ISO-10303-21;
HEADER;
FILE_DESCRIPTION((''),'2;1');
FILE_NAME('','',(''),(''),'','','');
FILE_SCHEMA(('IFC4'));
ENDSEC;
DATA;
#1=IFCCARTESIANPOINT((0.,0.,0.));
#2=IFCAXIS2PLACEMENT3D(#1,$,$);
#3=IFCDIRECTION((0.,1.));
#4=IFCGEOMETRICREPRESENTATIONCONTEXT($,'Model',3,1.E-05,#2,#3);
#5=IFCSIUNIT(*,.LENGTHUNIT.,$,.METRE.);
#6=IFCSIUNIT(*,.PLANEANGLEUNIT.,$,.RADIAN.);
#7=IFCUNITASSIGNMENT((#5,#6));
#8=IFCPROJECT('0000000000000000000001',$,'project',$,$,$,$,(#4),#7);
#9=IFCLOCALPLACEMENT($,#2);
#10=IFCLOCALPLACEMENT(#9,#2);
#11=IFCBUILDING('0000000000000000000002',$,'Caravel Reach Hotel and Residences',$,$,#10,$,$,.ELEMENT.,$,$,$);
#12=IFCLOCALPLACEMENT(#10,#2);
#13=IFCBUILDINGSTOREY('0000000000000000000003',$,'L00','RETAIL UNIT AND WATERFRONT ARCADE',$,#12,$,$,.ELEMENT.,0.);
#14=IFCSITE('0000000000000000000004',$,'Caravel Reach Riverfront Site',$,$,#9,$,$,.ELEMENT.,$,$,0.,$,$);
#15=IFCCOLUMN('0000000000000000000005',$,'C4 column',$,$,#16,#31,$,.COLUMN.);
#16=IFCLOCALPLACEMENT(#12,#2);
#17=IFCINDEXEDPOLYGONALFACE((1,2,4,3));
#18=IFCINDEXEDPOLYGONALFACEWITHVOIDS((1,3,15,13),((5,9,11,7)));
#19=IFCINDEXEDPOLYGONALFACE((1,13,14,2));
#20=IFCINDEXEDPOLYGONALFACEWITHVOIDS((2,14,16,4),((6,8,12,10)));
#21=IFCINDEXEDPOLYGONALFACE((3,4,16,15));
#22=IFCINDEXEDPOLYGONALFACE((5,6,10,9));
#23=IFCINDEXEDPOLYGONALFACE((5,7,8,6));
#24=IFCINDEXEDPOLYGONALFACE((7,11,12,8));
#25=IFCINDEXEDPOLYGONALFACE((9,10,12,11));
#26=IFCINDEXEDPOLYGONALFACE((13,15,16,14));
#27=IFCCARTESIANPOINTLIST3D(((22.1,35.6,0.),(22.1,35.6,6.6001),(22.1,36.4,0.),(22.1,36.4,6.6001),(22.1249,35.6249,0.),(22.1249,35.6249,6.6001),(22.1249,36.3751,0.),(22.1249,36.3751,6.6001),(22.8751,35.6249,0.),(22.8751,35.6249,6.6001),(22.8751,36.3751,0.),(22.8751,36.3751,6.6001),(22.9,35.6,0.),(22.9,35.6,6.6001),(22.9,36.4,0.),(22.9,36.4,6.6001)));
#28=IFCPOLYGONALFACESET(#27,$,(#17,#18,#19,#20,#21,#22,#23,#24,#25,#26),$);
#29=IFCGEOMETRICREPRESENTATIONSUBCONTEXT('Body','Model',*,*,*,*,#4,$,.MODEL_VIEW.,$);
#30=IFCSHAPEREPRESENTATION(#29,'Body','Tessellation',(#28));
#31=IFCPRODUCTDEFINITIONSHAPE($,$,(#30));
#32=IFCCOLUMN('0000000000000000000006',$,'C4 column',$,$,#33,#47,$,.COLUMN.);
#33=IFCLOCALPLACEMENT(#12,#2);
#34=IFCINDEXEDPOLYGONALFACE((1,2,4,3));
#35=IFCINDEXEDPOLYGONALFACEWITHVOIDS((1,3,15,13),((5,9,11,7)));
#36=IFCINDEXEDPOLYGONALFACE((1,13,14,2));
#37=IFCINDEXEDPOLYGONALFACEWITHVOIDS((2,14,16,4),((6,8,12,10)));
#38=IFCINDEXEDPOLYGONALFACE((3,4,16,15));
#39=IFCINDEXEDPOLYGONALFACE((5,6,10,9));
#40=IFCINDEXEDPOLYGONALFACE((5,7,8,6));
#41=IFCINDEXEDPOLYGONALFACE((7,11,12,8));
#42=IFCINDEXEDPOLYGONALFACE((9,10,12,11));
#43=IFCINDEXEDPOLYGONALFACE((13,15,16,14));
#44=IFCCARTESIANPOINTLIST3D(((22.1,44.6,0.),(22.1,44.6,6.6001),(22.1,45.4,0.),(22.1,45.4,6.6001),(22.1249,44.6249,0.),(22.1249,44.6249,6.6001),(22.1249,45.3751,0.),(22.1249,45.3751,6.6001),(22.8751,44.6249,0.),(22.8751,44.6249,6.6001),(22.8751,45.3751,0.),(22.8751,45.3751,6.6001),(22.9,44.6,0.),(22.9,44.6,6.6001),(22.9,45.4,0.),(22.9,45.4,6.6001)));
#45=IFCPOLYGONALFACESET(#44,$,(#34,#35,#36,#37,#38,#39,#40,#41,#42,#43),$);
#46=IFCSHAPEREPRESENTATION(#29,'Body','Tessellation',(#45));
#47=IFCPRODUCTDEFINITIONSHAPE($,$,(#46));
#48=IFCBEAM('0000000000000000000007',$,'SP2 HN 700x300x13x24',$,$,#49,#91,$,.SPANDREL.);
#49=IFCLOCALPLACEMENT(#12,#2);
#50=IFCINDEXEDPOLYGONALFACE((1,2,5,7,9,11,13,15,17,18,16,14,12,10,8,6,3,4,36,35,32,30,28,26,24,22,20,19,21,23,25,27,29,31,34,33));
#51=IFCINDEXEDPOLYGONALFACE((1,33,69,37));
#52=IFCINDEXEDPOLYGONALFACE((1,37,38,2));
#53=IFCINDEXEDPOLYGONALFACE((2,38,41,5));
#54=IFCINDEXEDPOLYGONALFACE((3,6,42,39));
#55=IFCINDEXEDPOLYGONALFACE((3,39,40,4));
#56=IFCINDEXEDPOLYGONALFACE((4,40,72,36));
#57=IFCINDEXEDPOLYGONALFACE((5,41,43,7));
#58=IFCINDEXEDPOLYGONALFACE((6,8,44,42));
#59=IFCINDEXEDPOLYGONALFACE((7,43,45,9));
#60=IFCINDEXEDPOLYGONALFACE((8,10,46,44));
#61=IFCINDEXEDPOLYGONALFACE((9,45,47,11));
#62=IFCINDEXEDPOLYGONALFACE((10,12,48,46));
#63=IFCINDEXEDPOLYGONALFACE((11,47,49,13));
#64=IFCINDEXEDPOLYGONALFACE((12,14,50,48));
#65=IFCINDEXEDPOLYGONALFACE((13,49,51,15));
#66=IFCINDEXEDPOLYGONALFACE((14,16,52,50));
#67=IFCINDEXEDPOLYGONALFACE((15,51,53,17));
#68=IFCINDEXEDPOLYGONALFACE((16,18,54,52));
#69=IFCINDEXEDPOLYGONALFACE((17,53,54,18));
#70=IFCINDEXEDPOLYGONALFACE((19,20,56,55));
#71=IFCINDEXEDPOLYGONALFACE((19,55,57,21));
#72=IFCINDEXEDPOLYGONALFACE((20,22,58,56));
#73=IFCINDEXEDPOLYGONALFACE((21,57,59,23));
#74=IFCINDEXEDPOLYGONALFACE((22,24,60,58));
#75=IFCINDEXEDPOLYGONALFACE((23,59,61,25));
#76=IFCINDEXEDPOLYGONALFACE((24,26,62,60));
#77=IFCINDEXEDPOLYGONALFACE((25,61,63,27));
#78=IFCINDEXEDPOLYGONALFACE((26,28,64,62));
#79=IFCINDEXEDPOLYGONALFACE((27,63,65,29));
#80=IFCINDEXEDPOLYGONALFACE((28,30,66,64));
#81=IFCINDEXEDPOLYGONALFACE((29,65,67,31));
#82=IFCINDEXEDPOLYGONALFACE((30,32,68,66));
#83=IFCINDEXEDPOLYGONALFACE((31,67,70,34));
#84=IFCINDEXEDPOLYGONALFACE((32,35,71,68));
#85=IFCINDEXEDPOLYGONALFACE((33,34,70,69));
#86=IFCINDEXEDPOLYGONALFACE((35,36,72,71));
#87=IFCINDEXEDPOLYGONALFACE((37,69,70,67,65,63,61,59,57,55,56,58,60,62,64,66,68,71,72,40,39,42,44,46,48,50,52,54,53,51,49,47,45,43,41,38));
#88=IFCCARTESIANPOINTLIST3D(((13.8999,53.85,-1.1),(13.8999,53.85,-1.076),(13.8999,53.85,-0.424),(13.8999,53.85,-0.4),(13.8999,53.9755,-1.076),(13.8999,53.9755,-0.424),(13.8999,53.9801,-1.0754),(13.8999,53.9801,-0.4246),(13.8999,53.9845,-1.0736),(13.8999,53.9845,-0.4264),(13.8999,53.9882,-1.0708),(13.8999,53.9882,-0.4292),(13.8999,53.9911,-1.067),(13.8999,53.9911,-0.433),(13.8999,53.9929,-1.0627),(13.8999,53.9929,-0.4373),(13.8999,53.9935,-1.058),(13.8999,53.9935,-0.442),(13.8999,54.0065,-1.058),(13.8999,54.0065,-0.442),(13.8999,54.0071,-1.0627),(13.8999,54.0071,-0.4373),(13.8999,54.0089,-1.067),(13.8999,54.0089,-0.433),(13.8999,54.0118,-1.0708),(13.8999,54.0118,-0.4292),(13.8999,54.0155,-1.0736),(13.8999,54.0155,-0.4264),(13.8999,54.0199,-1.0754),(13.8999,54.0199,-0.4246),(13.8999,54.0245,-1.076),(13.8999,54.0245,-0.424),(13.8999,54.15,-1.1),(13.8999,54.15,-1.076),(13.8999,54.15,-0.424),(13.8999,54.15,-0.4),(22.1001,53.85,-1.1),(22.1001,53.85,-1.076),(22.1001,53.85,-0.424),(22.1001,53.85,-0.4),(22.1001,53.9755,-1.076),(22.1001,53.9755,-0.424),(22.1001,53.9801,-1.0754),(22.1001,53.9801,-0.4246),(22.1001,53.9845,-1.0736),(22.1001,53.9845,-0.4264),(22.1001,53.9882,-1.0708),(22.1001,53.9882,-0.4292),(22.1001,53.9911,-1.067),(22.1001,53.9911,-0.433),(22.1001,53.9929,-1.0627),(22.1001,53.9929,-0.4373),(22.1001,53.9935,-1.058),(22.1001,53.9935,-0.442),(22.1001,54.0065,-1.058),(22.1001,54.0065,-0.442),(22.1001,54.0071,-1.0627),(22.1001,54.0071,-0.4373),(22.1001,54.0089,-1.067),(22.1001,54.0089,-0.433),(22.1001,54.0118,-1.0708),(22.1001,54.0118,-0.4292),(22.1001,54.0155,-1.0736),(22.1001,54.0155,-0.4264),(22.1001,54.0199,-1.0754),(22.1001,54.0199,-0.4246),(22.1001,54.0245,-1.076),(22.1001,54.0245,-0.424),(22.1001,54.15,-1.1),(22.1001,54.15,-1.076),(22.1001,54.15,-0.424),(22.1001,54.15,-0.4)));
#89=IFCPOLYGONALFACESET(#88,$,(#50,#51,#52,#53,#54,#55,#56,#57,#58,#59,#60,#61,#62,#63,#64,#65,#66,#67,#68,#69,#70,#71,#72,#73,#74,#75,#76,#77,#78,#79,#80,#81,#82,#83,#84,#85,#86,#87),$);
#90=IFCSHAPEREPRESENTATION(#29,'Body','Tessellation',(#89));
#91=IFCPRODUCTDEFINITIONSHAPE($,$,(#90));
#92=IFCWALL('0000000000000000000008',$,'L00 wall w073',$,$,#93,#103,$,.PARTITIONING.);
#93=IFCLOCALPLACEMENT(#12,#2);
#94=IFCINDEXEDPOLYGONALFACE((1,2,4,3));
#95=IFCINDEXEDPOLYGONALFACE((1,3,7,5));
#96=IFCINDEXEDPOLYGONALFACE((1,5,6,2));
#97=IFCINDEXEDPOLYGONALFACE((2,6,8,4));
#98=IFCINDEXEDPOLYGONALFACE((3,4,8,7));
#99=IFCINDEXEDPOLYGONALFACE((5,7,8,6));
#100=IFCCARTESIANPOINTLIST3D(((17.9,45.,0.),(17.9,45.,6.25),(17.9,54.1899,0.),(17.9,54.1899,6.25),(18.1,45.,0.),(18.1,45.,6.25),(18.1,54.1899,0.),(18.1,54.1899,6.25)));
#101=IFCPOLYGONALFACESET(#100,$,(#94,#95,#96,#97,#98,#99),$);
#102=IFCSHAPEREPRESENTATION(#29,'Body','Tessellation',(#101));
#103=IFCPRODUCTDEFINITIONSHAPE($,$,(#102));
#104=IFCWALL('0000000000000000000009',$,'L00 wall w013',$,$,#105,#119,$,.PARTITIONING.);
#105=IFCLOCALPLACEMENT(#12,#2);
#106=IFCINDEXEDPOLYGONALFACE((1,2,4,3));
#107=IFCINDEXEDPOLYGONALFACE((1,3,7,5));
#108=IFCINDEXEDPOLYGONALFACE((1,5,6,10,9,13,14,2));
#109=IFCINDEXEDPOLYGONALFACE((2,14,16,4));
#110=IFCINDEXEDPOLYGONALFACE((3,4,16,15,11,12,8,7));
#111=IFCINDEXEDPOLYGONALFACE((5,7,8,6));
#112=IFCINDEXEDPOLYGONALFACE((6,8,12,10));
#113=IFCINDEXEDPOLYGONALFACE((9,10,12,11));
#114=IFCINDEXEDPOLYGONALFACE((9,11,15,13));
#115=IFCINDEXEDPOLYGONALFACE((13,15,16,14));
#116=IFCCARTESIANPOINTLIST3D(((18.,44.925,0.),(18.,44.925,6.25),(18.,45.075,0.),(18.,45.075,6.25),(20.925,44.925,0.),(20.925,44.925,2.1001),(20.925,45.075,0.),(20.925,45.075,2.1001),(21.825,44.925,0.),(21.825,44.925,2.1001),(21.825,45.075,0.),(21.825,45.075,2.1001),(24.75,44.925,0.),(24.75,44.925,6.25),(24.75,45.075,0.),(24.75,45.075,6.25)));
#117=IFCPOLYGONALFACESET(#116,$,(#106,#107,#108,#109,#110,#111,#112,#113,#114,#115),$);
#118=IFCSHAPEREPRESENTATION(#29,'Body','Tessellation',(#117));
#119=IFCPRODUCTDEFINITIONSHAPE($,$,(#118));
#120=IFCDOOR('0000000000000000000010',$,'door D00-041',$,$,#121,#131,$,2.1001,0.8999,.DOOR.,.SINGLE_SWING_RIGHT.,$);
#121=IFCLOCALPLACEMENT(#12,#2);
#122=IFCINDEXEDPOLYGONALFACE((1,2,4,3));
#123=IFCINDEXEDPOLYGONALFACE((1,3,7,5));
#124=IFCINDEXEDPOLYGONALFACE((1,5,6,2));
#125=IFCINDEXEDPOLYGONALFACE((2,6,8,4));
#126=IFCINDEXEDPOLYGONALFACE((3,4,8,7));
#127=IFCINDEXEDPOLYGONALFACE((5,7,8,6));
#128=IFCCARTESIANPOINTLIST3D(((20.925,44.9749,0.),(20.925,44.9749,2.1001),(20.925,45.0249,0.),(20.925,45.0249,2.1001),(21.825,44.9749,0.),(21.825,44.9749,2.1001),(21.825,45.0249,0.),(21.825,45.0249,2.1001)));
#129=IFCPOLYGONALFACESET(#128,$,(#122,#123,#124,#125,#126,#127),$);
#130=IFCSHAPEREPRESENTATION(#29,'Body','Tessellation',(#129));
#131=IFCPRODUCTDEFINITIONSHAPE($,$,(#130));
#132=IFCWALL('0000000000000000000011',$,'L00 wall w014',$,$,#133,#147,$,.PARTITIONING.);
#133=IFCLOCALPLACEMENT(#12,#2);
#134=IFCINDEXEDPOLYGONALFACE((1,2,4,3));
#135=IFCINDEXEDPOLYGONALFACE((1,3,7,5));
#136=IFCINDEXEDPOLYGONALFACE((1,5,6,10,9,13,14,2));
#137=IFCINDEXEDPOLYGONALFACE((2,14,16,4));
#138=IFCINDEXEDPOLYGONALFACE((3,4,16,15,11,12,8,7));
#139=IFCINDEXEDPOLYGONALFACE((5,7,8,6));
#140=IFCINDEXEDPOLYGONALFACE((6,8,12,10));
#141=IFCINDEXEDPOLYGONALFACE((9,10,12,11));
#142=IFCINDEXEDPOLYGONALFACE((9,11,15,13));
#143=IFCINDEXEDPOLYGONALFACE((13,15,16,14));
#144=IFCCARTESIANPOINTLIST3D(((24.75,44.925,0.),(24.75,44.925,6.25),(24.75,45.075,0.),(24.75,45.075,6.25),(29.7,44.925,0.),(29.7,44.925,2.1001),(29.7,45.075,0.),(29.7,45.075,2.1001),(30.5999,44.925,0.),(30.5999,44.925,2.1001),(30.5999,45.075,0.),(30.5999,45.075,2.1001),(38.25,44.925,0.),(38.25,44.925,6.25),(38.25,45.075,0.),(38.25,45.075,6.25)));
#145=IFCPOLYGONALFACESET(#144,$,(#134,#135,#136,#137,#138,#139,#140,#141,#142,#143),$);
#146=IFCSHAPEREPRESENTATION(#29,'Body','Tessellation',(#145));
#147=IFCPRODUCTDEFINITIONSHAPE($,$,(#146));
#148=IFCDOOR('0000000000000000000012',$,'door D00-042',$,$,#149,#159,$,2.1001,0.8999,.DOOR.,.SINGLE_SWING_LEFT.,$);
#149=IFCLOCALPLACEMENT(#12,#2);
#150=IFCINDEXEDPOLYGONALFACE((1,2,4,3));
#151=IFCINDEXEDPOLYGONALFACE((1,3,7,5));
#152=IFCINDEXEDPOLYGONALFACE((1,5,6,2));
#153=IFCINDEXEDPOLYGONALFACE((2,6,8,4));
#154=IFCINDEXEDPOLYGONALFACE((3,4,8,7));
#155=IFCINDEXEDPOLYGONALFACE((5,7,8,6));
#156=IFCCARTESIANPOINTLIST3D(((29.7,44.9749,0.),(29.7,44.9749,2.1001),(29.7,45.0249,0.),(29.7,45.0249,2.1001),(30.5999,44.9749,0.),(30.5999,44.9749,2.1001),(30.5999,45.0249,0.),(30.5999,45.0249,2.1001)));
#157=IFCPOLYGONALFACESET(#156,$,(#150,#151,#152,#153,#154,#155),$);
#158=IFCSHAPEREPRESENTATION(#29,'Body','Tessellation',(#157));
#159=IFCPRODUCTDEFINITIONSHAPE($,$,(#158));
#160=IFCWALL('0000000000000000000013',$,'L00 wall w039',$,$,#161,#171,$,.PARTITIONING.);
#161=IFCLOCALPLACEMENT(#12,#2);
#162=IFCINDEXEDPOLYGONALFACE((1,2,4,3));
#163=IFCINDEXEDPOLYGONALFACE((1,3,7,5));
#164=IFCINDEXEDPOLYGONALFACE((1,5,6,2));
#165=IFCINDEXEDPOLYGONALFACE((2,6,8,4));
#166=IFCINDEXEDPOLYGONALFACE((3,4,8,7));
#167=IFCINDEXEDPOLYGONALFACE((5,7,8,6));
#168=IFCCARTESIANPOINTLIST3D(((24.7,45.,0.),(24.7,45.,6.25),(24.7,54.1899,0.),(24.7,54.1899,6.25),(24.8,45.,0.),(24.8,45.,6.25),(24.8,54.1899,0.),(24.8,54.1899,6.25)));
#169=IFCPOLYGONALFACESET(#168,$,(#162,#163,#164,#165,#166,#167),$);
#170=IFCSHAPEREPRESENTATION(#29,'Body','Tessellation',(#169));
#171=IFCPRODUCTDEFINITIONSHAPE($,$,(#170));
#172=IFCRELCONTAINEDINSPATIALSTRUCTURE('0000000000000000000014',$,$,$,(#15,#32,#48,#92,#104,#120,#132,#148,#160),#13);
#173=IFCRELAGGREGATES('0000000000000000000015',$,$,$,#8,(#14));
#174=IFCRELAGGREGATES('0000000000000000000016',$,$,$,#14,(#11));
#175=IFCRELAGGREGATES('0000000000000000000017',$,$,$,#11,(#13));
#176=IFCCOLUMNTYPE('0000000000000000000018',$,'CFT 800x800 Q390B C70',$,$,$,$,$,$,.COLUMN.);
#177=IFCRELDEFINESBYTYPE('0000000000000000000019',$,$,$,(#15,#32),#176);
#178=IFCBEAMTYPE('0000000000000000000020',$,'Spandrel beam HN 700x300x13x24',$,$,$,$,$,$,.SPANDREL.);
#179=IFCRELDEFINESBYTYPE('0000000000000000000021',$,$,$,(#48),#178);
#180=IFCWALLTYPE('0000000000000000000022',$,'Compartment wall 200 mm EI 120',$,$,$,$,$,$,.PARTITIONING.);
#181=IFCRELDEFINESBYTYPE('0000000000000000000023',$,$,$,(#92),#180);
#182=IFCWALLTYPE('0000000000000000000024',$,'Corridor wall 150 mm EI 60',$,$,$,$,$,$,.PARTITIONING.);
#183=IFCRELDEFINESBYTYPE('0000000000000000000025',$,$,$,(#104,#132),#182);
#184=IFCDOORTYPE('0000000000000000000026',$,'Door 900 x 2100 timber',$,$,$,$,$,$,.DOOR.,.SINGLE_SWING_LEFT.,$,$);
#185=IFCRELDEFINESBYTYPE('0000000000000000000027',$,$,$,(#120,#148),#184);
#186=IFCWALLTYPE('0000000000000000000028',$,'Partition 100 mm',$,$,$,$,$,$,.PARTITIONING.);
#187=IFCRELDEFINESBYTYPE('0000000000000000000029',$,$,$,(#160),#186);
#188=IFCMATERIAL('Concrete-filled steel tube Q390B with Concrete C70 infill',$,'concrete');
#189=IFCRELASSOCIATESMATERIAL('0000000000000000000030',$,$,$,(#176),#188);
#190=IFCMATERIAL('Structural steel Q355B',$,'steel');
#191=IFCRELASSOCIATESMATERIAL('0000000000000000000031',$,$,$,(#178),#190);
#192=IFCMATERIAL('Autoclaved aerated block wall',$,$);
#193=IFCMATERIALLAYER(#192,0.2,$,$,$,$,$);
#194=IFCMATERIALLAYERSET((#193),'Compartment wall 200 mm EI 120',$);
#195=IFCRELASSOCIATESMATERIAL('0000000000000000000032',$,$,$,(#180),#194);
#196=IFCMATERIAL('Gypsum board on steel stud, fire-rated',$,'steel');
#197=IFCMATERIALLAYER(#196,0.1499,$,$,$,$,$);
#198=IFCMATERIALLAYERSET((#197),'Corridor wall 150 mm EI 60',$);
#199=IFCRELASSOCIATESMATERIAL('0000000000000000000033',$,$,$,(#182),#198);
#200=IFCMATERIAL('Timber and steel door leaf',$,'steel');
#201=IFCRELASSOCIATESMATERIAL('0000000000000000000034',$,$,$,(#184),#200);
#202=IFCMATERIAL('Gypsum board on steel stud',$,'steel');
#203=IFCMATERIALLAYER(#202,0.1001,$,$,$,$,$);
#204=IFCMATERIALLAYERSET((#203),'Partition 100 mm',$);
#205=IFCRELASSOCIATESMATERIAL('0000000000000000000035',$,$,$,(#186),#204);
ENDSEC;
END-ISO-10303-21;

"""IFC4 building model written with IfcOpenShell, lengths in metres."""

from ifc_helpers import new_model, si_unit, direction, frame, frame_2d, origin, origin_2d, place, context, subcontext, project, spatial, rectangle, hollow_rectangle, i_section, extrude, material, layer, layer_set, material_profile, profile_set, type_object, element, fill, save


model = new_model("IFC4")

# Units and contexts
model_context = context("Model", 3, precision=1e-05, world=origin(), true_north=direction((0.0, 1.0)))
body_context = subcontext(model_context, "Body", "Model", "MODEL_VIEW")
ifc_project = project(units=[si_unit("LENGTHUNIT", "METRE"), si_unit("PLANEANGLEUNIT", "RADIAN")], contexts=[model_context])

# Site, building, storey
site_placement = place(None, origin())
site = spatial("IfcSite", under=ifc_project, at=site_placement, Name="Caravel Reach Riverfront Site", CompositionType="ELEMENT", RefElevation=0.0)
building_placement = place(site_placement, origin())
building = spatial("IfcBuilding", under=site, at=building_placement, Name="Caravel Reach Hotel and Residences", CompositionType="ELEMENT")
storey_placement = place(building_placement, origin())
storey = spatial("IfcBuildingStorey", under=building, at=storey_placement, Name="L00", Description="RETAIL UNIT AND WATERFRONT ARCADE", CompositionType="ELEMENT", Elevation=0.0)

# Columns
ifc_material_1 = material(Name="Concrete-filled steel tube Q390B with Concrete C70 infill", Category="concrete")
ifc_material_profile_1 = material_profile(ifc_material_1, hollow_rectangle(XDim=0.8, YDim=0.8, WallThickness=0.0249, at=origin_2d()), Name="RHS 800x800x25")
ifc_profile_set_1 = profile_set([ifc_material_profile_1], Name="Concrete-filled steel tube Q390B with Concrete C70 infill")
column_type_1 = type_object("IfcColumnType", Name="CFT 800x800 Q390B C70", PredefinedType="COLUMN", material=ifc_profile_set_1)
for number, where, z_axis, x_axis, name in (
    (1, (22.5, 36.0, 0.0), (0.0, 0.0, 1.0), (1.0, 0.0, 0.0), "C4 column"),
    (2, (22.5, 45.0, 0.0), (0.0, 0.0, 1.0), (1.0, 0.0, 0.0), "C4 column"),
):
    element("IfcColumn", number, at=place(storey_placement, frame(where, z_axis=z_axis, x_axis=x_axis)), inside=storey, type_object=column_type_1, Name=name, PredefinedType="COLUMN", context=body_context, shape_type="SweptSolid", body=[
        extrude(hollow_rectangle(XDim=0.8, YDim=0.8, WallThickness=0.0249, at=origin_2d()), origin(), (0.0, 0.0, 1.0), 6.6001),
    ])

# Beam
ifc_material_2 = material(Name="Structural steel Q355B", Category="steel")
ifc_material_profile_2 = material_profile(ifc_material_2, i_section(OverallWidth=0.3, OverallDepth=0.7, WebThickness=0.0129, FlangeThickness=0.0239, FilletRadius=0.0181, at=origin_2d()), Name="HN 700x300x13x24")
ifc_profile_set_2 = profile_set([ifc_material_profile_2], Name="Structural steel Q355B")
beam_type = type_object("IfcBeamType", Name="Spandrel beam HN 700x300x13x24", PredefinedType="SPANDREL", material=ifc_profile_set_2)
beam_placement = place(storey_placement, frame((22.1001, 54.0, -0.75), z_axis=(-1.0, 0.0, 0.0), x_axis=(0.0, -1.0, 0.0)))
element("IfcBeam", 3, at=beam_placement, inside=storey, type_object=beam_type, Name="SP2 HN 700x300x13x24", PredefinedType="SPANDREL", context=body_context, shape_type="SweptSolid", body=[
    extrude(i_section(OverallWidth=0.3, OverallDepth=0.7, WebThickness=0.0129, FlangeThickness=0.0239, FilletRadius=0.0181, at=origin_2d()), origin(), (0.0, 0.0, 1.0), 8.2002),
])

# Wall
ifc_material_3 = material(Name="Autoclaved aerated block wall")
ifc_layer_1 = layer(ifc_material_3, 0.2)
ifc_layer_set_1 = layer_set([ifc_layer_1], Name="Compartment wall 200 mm EI 120")
wall_type_1 = type_object("IfcWallType", Name="Compartment wall 200 mm EI 120", PredefinedType="PARTITIONING", material=ifc_layer_set_1)
wall_1_placement = place(storey_placement, frame((18.0, 45.0, 0.0), z_axis=(0.0, 0.0, 1.0), x_axis=(0.0, 1.0, 0.0)))
element("IfcWall", 4, at=wall_1_placement, inside=storey, type_object=wall_type_1, Name="L00 wall w073", PredefinedType="PARTITIONING", context=body_context, shape_type="SweptSolid", body=[
    extrude(rectangle(XDim=9.1899, YDim=0.2, at=frame_2d((4.595, 0.0))), origin(), (0.0, 0.0, 1.0), 6.25),
])

# Walls, openings, doors
ifc_material_4 = material(Name="Gypsum board on steel stud, fire-rated", Category="steel")
ifc_layer_2 = layer(ifc_material_4, 0.1499)
ifc_layer_set_2 = layer_set([ifc_layer_2], Name="Corridor wall 150 mm EI 60")
wall_type_2 = type_object("IfcWallType", Name="Corridor wall 150 mm EI 60", PredefinedType="PARTITIONING", material=ifc_layer_set_2)
wall_2_placement = place(storey_placement, frame((18.0, 45.0, 0.0), z_axis=(0.0, 0.0, 1.0), x_axis=(1.0, 0.0, 0.0)))
wall_2 = element("IfcWall", 5, at=wall_2_placement, inside=storey, type_object=wall_type_2, Name="L00 wall w013", PredefinedType="PARTITIONING", context=body_context, shape_type="SweptSolid", body=[
    extrude(rectangle(XDim=6.75, YDim=0.1499, at=frame_2d((3.375, 0.0))), origin(), (0.0, 0.0, 1.0), 6.25),
])
opening_1_placement = place(wall_2_placement, frame((2.925, 0.0, 0.0)))
opening_1 = element("IfcOpeningElement", 6, at=opening_1_placement, cuts=wall_2, PredefinedType="OPENING", context=body_context, shape_type="SweptSolid", body=[
    extrude(rectangle(XDim=0.8999, YDim=2.1001, at=frame_2d((0.45, 1.05))), frame((0.0, 0.085, 0.0), z_axis=(0.0, -1.0, 0.0), x_axis=(1.0, 0.0, 0.0)), (0.0, 0.0, 1.0), 0.1699),
])
ifc_material_5 = material(Name="Timber and steel door leaf", Category="steel")
door_type = type_object("IfcDoorType", Name="Door 900 x 2100 timber", OperationType="SINGLE_SWING_LEFT", PredefinedType="DOOR", material=ifc_material_5)
door_1_placement = place(opening_1_placement, origin())
door_1 = element("IfcDoor", 7, at=door_1_placement, inside=storey, type_object=door_type, Name="door D00-041", OperationType="SINGLE_SWING_RIGHT", OverallHeight=2.1001, OverallWidth=0.8999, PredefinedType="DOOR", context=body_context, shape_type="SweptSolid", body=[
    extrude(rectangle(XDim=0.8999, YDim=2.1001, at=frame_2d((0.45, 1.05))), frame((0.0, 0.0249, 0.0), z_axis=(0.0, -1.0, 0.0), x_axis=(1.0, 0.0, 0.0)), (0.0, 0.0, 1.0), 0.05),
])
fill(opening_1, door_1)
wall_3_placement = place(storey_placement, frame((24.75, 45.0, 0.0), z_axis=(0.0, 0.0, 1.0), x_axis=(1.0, 0.0, 0.0)))
wall_3 = element("IfcWall", 8, at=wall_3_placement, inside=storey, type_object=wall_type_2, Name="L00 wall w014", PredefinedType="PARTITIONING", context=body_context, shape_type="SweptSolid", body=[
    extrude(rectangle(XDim=13.5, YDim=0.1499, at=frame_2d((6.75, 0.0))), origin(), (0.0, 0.0, 1.0), 6.25),
])
opening_2_placement = place(wall_3_placement, frame((4.95, 0.0, 0.0)))
opening_2 = element("IfcOpeningElement", 9, at=opening_2_placement, cuts=wall_3, PredefinedType="OPENING", context=body_context, shape_type="SweptSolid", body=[
    extrude(rectangle(XDim=0.8999, YDim=2.1001, at=frame_2d((0.45, 1.05))), frame((0.0, 0.085, 0.0), z_axis=(0.0, -1.0, 0.0), x_axis=(1.0, 0.0, 0.0)), (0.0, 0.0, 1.0), 0.1699),
])
door_2_placement = place(opening_2_placement, origin())
door_2 = element("IfcDoor", 10, at=door_2_placement, inside=storey, type_object=door_type, Name="door D00-042", OperationType="SINGLE_SWING_LEFT", OverallHeight=2.1001, OverallWidth=0.8999, PredefinedType="DOOR", context=body_context, shape_type="SweptSolid", body=[
    extrude(rectangle(XDim=0.8999, YDim=2.1001, at=frame_2d((0.45, 1.05))), frame((0.0, 0.0249, 0.0), z_axis=(0.0, -1.0, 0.0), x_axis=(1.0, 0.0, 0.0)), (0.0, 0.0, 1.0), 0.05),
])
fill(opening_2, door_2)

# Wall
ifc_material_6 = material(Name="Gypsum board on steel stud", Category="steel")
ifc_layer_3 = layer(ifc_material_6, 0.1001)
ifc_layer_set_3 = layer_set([ifc_layer_3], Name="Partition 100 mm")
wall_type_3 = type_object("IfcWallType", Name="Partition 100 mm", PredefinedType="PARTITIONING", material=ifc_layer_set_3)
wall_4_placement = place(storey_placement, frame((24.75, 45.0, 0.0), z_axis=(0.0, 0.0, 1.0), x_axis=(0.0, 1.0, 0.0)))
element("IfcWall", 11, at=wall_4_placement, inside=storey, type_object=wall_type_3, Name="L00 wall w039", PredefinedType="PARTITIONING", context=body_context, shape_type="SweptSolid", body=[
    extrude(rectangle(XDim=9.1899, YDim=0.1001, at=frame_2d((4.595, 0.0))), origin(), (0.0, 0.0, 1.0), 6.25),
])

save(model, "model.ifc")
